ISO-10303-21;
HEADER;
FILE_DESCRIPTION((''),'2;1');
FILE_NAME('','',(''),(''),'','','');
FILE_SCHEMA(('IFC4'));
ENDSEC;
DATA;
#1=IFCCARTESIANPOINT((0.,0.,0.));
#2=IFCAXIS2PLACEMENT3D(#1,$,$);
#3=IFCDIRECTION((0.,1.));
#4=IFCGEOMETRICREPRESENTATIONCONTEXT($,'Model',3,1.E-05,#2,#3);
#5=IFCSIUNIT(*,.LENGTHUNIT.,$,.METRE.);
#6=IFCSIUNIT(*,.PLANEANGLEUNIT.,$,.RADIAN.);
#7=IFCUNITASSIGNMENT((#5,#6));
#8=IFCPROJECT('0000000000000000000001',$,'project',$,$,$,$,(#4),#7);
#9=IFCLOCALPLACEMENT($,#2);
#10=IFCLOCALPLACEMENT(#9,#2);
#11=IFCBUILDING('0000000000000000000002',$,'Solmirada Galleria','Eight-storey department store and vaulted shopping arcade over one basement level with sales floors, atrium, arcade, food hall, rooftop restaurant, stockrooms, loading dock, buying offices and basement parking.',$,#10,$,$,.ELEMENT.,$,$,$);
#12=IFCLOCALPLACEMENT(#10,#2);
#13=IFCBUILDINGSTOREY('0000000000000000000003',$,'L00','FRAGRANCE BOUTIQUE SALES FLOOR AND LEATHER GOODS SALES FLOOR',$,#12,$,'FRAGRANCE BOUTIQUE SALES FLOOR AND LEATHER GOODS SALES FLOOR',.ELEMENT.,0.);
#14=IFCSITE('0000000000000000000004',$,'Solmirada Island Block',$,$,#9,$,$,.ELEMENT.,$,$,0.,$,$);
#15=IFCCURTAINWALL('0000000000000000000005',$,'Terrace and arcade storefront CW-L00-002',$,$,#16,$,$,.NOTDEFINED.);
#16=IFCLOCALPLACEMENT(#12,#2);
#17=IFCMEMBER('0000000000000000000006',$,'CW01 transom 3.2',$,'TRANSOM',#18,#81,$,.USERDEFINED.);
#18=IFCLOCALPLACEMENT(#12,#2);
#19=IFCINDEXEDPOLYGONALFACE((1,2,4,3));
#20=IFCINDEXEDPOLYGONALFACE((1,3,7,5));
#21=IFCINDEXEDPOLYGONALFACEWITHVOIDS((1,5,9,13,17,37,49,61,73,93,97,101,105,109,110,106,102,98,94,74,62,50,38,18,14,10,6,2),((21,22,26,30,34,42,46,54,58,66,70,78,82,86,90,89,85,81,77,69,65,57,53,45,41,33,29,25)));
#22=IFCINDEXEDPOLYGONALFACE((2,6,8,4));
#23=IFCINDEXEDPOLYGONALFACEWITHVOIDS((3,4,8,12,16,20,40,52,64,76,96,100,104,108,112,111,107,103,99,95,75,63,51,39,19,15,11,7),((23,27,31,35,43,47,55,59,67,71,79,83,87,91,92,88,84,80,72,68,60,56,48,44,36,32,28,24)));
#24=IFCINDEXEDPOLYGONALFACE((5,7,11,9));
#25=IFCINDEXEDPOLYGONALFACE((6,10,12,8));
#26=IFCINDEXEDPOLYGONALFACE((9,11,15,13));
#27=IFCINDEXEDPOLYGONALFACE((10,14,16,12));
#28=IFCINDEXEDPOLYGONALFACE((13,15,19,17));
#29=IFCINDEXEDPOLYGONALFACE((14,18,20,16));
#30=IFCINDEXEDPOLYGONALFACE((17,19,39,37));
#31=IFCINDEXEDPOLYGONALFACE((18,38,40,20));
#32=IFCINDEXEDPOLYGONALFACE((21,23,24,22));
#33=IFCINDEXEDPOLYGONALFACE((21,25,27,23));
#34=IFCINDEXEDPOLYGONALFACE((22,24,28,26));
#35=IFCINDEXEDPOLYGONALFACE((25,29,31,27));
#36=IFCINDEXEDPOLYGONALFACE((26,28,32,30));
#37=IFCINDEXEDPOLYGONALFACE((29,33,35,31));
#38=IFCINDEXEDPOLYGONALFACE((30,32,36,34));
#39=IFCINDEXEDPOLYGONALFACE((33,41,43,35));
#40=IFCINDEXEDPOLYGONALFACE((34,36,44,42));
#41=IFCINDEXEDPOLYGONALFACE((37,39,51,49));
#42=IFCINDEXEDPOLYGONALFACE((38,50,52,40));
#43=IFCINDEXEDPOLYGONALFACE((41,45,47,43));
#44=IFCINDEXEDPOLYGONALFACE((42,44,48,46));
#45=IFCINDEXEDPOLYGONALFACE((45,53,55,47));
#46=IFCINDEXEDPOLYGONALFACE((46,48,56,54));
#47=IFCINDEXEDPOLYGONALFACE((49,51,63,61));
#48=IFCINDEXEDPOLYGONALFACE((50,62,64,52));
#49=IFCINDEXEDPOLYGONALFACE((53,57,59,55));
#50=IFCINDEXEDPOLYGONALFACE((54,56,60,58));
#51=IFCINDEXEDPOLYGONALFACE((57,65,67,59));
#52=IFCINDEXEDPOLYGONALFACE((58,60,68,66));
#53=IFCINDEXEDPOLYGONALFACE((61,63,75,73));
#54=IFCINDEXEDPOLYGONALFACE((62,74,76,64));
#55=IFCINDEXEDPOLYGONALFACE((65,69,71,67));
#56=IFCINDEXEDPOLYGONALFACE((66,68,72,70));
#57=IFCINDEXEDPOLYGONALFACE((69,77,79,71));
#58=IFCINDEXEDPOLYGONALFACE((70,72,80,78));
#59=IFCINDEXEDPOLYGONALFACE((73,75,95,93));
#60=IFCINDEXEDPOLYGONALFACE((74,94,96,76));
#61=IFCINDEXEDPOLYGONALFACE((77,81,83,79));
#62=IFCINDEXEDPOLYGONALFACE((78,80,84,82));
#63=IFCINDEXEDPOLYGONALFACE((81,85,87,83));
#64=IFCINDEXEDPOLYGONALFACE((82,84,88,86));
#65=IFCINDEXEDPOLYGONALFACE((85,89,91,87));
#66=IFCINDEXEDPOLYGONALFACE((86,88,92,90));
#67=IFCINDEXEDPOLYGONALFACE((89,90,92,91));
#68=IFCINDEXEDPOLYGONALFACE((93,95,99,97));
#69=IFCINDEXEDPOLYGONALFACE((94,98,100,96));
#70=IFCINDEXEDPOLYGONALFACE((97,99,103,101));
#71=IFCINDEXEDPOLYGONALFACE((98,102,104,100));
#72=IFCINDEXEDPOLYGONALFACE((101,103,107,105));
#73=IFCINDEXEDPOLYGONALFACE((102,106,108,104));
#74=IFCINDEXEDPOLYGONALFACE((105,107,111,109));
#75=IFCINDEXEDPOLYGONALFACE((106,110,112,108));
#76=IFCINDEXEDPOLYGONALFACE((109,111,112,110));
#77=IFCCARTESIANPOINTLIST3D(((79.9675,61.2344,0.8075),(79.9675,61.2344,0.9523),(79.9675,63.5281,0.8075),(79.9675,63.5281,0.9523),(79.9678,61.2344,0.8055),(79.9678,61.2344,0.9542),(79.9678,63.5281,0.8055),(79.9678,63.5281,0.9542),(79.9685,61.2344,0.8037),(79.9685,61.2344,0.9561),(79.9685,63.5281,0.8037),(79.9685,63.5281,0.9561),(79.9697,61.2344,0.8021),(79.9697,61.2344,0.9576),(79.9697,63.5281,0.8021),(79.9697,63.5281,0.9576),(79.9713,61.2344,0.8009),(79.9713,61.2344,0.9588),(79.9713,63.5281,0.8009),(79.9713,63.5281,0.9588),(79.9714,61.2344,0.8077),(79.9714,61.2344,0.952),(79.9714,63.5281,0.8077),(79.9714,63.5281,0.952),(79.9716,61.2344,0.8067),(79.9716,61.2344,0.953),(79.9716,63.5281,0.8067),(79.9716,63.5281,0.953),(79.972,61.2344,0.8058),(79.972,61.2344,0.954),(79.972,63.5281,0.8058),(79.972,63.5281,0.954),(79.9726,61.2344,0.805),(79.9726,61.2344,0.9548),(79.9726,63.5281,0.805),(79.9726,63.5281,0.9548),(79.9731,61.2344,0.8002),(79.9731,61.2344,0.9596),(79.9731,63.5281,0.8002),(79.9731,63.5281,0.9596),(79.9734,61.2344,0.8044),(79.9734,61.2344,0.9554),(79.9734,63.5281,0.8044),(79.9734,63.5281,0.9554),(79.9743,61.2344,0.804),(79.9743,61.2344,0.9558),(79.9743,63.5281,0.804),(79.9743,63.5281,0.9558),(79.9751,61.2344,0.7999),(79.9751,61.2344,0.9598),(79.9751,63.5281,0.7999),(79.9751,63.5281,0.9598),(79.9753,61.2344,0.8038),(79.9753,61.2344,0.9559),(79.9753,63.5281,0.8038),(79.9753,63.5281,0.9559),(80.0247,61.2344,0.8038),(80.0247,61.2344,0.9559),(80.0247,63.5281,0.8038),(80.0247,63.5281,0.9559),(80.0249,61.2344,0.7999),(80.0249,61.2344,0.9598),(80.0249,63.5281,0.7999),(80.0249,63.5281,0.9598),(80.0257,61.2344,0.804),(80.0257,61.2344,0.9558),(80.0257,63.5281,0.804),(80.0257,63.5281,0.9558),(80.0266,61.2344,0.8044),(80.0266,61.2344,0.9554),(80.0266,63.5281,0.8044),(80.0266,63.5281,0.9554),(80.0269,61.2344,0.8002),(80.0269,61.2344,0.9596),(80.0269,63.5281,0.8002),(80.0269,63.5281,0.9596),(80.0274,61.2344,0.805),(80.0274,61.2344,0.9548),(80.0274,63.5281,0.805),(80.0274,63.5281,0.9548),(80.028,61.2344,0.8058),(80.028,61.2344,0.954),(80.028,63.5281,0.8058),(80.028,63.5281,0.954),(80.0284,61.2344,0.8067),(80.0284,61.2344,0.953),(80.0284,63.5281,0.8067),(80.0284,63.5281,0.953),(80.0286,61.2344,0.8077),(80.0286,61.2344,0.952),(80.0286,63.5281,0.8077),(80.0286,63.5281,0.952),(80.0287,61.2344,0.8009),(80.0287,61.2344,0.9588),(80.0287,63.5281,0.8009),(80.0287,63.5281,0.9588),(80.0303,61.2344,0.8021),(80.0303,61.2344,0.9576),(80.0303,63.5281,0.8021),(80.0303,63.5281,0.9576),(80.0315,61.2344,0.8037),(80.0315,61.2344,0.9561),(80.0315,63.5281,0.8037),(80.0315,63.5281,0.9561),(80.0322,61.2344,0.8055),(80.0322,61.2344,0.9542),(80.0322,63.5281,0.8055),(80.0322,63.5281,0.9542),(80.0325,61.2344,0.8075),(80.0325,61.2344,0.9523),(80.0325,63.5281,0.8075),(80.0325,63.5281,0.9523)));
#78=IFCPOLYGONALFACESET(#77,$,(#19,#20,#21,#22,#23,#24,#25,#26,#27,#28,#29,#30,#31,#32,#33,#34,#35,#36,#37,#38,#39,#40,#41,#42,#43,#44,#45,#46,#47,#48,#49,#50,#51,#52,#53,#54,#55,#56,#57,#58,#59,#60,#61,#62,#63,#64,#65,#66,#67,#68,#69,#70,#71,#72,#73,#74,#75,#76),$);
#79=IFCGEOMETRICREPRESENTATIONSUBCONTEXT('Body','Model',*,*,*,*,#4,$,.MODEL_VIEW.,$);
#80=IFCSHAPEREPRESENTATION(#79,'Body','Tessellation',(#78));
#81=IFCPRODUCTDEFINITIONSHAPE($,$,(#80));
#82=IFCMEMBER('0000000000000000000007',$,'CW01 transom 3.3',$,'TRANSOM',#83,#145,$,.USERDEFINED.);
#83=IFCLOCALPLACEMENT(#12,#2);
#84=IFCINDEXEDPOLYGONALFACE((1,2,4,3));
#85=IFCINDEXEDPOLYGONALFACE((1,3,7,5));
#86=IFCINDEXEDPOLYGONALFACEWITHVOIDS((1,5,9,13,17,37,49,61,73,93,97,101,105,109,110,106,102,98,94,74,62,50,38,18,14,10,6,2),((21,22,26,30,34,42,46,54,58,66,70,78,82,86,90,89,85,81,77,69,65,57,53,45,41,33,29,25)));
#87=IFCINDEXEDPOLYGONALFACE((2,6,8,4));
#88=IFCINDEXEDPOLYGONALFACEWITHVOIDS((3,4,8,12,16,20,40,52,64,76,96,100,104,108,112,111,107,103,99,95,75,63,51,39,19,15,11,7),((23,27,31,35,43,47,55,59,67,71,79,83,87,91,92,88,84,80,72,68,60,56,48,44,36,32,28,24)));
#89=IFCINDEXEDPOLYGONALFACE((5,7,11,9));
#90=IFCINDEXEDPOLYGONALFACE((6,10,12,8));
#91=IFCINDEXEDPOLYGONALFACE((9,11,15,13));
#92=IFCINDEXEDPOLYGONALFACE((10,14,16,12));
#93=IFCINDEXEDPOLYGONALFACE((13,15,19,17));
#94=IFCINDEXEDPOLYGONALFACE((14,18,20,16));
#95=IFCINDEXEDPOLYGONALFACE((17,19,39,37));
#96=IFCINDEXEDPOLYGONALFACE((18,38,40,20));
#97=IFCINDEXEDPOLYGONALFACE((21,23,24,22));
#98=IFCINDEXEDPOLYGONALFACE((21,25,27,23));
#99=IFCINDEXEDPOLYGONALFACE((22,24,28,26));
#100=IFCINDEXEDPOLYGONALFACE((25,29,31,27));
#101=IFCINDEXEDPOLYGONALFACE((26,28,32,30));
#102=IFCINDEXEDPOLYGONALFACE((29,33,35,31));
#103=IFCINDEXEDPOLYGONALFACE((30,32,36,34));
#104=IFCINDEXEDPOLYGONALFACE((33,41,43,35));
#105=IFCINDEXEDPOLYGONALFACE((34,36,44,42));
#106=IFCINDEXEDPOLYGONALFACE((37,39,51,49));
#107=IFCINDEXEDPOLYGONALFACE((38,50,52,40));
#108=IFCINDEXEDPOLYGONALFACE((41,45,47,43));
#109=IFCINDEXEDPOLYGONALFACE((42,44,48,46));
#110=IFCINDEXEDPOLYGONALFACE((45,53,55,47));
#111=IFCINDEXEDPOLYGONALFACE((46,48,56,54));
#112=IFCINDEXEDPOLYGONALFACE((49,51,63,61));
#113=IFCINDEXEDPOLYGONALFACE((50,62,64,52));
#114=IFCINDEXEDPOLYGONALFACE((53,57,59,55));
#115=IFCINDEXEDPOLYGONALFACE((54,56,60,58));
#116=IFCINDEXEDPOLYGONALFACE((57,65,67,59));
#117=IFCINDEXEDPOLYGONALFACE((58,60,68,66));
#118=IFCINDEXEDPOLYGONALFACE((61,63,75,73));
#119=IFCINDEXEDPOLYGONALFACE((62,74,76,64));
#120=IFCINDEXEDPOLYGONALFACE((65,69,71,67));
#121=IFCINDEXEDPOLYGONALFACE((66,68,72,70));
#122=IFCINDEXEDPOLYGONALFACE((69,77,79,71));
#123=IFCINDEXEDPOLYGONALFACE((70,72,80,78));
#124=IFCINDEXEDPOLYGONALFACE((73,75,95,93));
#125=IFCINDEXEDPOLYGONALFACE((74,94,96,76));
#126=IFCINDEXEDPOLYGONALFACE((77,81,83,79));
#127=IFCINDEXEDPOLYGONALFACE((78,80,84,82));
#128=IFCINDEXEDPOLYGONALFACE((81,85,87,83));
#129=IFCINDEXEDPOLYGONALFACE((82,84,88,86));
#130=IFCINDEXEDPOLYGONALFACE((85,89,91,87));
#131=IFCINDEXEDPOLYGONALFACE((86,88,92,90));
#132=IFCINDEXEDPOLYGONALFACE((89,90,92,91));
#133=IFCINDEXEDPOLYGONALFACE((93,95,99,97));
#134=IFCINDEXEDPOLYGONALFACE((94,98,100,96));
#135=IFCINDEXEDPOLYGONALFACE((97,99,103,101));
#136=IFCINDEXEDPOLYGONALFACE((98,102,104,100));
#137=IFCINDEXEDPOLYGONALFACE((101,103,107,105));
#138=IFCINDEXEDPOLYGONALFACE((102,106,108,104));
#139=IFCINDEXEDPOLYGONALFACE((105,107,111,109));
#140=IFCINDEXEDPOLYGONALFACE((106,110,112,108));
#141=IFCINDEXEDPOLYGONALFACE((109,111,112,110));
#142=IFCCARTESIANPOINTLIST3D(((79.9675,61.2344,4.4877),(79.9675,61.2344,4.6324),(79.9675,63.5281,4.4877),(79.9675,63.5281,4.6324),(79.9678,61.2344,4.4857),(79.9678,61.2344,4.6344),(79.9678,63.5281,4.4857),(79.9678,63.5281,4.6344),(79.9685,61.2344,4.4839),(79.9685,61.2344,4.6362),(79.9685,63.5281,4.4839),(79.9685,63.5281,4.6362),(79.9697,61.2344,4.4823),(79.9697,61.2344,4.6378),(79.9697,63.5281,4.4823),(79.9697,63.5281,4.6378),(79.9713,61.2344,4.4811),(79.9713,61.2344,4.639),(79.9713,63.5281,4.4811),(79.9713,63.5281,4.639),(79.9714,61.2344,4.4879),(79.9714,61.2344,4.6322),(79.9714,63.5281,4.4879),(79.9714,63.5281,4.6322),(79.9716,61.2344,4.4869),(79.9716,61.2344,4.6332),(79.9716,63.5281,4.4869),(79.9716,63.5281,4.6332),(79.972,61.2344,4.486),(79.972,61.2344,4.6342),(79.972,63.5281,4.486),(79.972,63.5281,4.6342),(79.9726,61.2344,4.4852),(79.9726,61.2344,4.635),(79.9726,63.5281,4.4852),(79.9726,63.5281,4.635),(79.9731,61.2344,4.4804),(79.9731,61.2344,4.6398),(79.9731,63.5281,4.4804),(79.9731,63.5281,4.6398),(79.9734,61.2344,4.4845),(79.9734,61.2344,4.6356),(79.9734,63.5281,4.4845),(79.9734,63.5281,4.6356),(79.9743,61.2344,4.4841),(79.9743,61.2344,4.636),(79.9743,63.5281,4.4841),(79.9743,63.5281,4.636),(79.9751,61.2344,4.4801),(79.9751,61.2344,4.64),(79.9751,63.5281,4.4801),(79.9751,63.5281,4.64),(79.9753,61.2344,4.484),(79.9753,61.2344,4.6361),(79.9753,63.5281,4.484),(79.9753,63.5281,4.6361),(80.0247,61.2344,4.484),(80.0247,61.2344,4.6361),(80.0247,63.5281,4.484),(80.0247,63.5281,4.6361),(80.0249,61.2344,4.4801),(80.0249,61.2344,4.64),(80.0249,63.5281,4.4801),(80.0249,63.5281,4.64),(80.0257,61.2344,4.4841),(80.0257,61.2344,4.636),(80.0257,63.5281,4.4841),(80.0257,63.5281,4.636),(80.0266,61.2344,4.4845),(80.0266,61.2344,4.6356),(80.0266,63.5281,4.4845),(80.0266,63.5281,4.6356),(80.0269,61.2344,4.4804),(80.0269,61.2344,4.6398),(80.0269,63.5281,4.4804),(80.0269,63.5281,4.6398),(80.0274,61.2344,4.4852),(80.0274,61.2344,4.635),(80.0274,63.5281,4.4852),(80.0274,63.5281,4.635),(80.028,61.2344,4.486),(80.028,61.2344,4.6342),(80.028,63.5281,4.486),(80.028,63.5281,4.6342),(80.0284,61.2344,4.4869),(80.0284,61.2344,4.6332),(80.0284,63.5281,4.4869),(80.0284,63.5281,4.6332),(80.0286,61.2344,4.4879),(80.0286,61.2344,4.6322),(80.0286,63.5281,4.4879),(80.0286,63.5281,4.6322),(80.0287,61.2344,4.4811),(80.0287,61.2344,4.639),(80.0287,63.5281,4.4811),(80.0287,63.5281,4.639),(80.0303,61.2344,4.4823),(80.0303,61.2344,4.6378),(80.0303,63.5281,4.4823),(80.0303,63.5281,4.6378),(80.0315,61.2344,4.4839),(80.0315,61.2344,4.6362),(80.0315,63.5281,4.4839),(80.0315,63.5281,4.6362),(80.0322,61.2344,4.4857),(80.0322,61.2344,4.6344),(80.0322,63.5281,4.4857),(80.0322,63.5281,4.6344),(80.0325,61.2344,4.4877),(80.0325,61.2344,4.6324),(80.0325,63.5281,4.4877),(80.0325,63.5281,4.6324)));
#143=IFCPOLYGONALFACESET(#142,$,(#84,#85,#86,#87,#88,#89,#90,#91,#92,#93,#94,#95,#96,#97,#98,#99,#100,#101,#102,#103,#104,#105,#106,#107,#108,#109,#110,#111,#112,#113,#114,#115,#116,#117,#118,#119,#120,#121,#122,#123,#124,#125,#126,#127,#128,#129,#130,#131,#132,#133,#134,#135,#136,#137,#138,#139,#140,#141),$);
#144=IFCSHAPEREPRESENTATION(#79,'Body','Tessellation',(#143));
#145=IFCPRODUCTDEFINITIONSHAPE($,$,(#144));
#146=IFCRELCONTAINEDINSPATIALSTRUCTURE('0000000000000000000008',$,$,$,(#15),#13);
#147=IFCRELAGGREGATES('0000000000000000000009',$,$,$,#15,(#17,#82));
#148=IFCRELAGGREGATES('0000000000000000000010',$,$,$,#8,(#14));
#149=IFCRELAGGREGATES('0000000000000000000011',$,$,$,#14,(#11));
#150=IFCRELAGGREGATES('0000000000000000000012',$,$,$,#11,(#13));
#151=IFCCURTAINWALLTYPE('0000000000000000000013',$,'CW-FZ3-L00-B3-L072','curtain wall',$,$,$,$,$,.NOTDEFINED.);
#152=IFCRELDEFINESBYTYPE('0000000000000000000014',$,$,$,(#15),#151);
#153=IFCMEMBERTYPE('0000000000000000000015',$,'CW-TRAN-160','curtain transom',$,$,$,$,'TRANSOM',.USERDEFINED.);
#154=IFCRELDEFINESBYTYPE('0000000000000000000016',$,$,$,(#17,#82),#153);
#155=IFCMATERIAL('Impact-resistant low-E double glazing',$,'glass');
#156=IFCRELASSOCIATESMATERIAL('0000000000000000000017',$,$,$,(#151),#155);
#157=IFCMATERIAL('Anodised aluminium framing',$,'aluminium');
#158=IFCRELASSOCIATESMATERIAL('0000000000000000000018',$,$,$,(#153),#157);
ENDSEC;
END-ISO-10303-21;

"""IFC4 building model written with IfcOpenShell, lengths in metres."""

from ifc_helpers import new_model, si_unit, direction, frame, origin, origin_2d, place, context, subcontext, project, spatial, hollow_rectangle, extrude, material, material_profile, profile_set, type_object, element, aggregate, save


model = new_model("IFC4")

# Units and contexts
model_context = context("Model", 3, precision=1e-05, world=origin(), true_north=direction((0.0, 1.0)))
body_context = subcontext(model_context, "Body", "Model", "MODEL_VIEW")
ifc_project = project(units=[si_unit("LENGTHUNIT", "METRE"), si_unit("PLANEANGLEUNIT", "RADIAN")], contexts=[model_context])

# Site, building, storey
site_placement = place(None, origin())
site = spatial("IfcSite", under=ifc_project, at=site_placement, Name="Solmirada Island Block", CompositionType="ELEMENT", RefElevation=0.0)
building_placement = place(site_placement, origin())
building = spatial("IfcBuilding", under=site, at=building_placement, Name="Solmirada Galleria", Description="Eight-storey department store and vaulted shopping arcade over one basement level with sales floors, atrium, arcade, food hall, rooftop restaurant, stockrooms, loading dock, buying offices and basement parking.", CompositionType="ELEMENT")
storey_placement = place(building_placement, origin())
storey = spatial("IfcBuildingStorey", under=building, at=storey_placement, Name="L00", Description="FRAGRANCE BOUTIQUE SALES FLOOR AND LEATHER GOODS SALES FLOOR", LongName="FRAGRANCE BOUTIQUE SALES FLOOR AND LEATHER GOODS SALES FLOOR", CompositionType="ELEMENT", Elevation=0.0)

# Curtain wall
ifc_material_1 = material(Name="Impact-resistant low-E double glazing", Category="glass")
curtain_wall_type_1 = type_object("IfcCurtainWallType", Name="CW-FZ3-L00-B3-L072", Description="curtain wall", PredefinedType="NOTDEFINED", material=ifc_material_1)
curtain_wall_1_placement = place(storey_placement, origin())
curtain_wall_1 = element("IfcCurtainWall", 1, at=curtain_wall_1_placement, inside=storey, type_object=curtain_wall_type_1, Name="Terrace and arcade storefront CW-L00-002", PredefinedType="NOTDEFINED")
ifc_material_2 = material(Name="Anodised aluminium framing", Category="aluminium")

# Members
ifc_material_profile_1 = material_profile(ifc_material_2, hollow_rectangle(XDim=0.0649, YDim=0.1599, WallThickness=0.0039, InnerFilletRadius=0.0039, OuterFilletRadius=0.0076, at=origin_2d()), Name="ALU-TRAN-160X65")
ifc_profile_set_1 = profile_set([ifc_material_profile_1], Name="Anodised aluminium framing")
member_type_1 = type_object("IfcMemberType", Name="CW-TRAN-160", Description="curtain transom", ElementType="TRANSOM", PredefinedType="USERDEFINED", material=ifc_profile_set_1)
member_1_placement = place(storey_placement, frame((80.0, 61.2344, 0.8799), z_axis=(0.0, 1.0, 0.0), x_axis=(-1.0, 0.0, 0.0)))
member_1 = element("IfcMember", 2, at=member_1_placement, type_object=member_type_1, Name="CW01 transom 3.2", ObjectType="TRANSOM", PredefinedType="USERDEFINED", context=body_context, shape_type="SweptSolid", body=[
    extrude(hollow_rectangle(XDim=0.0649, YDim=0.1599, WallThickness=0.0039, InnerFilletRadius=0.0039, OuterFilletRadius=0.0076, at=origin_2d()), origin(), (0.0, 0.0, 1.0), 2.2937),
])
member_2_placement = place(storey_placement, frame((80.0, 61.2344, 4.5601), z_axis=(0.0, 1.0, 0.0), x_axis=(-1.0, 0.0, 0.0)))
member_2 = element("IfcMember", 3, at=member_2_placement, type_object=member_type_1, Name="CW01 transom 3.3", ObjectType="TRANSOM", PredefinedType="USERDEFINED", context=body_context, shape_type="SweptSolid", body=[
    extrude(hollow_rectangle(XDim=0.0649, YDim=0.1599, WallThickness=0.0039, InnerFilletRadius=0.0039, OuterFilletRadius=0.0076, at=origin_2d()), origin(), (0.0, 0.0, 1.0), 2.2937),
])

aggregate(curtain_wall_1, [member_1, member_2])

save(model, "model.ifc")
